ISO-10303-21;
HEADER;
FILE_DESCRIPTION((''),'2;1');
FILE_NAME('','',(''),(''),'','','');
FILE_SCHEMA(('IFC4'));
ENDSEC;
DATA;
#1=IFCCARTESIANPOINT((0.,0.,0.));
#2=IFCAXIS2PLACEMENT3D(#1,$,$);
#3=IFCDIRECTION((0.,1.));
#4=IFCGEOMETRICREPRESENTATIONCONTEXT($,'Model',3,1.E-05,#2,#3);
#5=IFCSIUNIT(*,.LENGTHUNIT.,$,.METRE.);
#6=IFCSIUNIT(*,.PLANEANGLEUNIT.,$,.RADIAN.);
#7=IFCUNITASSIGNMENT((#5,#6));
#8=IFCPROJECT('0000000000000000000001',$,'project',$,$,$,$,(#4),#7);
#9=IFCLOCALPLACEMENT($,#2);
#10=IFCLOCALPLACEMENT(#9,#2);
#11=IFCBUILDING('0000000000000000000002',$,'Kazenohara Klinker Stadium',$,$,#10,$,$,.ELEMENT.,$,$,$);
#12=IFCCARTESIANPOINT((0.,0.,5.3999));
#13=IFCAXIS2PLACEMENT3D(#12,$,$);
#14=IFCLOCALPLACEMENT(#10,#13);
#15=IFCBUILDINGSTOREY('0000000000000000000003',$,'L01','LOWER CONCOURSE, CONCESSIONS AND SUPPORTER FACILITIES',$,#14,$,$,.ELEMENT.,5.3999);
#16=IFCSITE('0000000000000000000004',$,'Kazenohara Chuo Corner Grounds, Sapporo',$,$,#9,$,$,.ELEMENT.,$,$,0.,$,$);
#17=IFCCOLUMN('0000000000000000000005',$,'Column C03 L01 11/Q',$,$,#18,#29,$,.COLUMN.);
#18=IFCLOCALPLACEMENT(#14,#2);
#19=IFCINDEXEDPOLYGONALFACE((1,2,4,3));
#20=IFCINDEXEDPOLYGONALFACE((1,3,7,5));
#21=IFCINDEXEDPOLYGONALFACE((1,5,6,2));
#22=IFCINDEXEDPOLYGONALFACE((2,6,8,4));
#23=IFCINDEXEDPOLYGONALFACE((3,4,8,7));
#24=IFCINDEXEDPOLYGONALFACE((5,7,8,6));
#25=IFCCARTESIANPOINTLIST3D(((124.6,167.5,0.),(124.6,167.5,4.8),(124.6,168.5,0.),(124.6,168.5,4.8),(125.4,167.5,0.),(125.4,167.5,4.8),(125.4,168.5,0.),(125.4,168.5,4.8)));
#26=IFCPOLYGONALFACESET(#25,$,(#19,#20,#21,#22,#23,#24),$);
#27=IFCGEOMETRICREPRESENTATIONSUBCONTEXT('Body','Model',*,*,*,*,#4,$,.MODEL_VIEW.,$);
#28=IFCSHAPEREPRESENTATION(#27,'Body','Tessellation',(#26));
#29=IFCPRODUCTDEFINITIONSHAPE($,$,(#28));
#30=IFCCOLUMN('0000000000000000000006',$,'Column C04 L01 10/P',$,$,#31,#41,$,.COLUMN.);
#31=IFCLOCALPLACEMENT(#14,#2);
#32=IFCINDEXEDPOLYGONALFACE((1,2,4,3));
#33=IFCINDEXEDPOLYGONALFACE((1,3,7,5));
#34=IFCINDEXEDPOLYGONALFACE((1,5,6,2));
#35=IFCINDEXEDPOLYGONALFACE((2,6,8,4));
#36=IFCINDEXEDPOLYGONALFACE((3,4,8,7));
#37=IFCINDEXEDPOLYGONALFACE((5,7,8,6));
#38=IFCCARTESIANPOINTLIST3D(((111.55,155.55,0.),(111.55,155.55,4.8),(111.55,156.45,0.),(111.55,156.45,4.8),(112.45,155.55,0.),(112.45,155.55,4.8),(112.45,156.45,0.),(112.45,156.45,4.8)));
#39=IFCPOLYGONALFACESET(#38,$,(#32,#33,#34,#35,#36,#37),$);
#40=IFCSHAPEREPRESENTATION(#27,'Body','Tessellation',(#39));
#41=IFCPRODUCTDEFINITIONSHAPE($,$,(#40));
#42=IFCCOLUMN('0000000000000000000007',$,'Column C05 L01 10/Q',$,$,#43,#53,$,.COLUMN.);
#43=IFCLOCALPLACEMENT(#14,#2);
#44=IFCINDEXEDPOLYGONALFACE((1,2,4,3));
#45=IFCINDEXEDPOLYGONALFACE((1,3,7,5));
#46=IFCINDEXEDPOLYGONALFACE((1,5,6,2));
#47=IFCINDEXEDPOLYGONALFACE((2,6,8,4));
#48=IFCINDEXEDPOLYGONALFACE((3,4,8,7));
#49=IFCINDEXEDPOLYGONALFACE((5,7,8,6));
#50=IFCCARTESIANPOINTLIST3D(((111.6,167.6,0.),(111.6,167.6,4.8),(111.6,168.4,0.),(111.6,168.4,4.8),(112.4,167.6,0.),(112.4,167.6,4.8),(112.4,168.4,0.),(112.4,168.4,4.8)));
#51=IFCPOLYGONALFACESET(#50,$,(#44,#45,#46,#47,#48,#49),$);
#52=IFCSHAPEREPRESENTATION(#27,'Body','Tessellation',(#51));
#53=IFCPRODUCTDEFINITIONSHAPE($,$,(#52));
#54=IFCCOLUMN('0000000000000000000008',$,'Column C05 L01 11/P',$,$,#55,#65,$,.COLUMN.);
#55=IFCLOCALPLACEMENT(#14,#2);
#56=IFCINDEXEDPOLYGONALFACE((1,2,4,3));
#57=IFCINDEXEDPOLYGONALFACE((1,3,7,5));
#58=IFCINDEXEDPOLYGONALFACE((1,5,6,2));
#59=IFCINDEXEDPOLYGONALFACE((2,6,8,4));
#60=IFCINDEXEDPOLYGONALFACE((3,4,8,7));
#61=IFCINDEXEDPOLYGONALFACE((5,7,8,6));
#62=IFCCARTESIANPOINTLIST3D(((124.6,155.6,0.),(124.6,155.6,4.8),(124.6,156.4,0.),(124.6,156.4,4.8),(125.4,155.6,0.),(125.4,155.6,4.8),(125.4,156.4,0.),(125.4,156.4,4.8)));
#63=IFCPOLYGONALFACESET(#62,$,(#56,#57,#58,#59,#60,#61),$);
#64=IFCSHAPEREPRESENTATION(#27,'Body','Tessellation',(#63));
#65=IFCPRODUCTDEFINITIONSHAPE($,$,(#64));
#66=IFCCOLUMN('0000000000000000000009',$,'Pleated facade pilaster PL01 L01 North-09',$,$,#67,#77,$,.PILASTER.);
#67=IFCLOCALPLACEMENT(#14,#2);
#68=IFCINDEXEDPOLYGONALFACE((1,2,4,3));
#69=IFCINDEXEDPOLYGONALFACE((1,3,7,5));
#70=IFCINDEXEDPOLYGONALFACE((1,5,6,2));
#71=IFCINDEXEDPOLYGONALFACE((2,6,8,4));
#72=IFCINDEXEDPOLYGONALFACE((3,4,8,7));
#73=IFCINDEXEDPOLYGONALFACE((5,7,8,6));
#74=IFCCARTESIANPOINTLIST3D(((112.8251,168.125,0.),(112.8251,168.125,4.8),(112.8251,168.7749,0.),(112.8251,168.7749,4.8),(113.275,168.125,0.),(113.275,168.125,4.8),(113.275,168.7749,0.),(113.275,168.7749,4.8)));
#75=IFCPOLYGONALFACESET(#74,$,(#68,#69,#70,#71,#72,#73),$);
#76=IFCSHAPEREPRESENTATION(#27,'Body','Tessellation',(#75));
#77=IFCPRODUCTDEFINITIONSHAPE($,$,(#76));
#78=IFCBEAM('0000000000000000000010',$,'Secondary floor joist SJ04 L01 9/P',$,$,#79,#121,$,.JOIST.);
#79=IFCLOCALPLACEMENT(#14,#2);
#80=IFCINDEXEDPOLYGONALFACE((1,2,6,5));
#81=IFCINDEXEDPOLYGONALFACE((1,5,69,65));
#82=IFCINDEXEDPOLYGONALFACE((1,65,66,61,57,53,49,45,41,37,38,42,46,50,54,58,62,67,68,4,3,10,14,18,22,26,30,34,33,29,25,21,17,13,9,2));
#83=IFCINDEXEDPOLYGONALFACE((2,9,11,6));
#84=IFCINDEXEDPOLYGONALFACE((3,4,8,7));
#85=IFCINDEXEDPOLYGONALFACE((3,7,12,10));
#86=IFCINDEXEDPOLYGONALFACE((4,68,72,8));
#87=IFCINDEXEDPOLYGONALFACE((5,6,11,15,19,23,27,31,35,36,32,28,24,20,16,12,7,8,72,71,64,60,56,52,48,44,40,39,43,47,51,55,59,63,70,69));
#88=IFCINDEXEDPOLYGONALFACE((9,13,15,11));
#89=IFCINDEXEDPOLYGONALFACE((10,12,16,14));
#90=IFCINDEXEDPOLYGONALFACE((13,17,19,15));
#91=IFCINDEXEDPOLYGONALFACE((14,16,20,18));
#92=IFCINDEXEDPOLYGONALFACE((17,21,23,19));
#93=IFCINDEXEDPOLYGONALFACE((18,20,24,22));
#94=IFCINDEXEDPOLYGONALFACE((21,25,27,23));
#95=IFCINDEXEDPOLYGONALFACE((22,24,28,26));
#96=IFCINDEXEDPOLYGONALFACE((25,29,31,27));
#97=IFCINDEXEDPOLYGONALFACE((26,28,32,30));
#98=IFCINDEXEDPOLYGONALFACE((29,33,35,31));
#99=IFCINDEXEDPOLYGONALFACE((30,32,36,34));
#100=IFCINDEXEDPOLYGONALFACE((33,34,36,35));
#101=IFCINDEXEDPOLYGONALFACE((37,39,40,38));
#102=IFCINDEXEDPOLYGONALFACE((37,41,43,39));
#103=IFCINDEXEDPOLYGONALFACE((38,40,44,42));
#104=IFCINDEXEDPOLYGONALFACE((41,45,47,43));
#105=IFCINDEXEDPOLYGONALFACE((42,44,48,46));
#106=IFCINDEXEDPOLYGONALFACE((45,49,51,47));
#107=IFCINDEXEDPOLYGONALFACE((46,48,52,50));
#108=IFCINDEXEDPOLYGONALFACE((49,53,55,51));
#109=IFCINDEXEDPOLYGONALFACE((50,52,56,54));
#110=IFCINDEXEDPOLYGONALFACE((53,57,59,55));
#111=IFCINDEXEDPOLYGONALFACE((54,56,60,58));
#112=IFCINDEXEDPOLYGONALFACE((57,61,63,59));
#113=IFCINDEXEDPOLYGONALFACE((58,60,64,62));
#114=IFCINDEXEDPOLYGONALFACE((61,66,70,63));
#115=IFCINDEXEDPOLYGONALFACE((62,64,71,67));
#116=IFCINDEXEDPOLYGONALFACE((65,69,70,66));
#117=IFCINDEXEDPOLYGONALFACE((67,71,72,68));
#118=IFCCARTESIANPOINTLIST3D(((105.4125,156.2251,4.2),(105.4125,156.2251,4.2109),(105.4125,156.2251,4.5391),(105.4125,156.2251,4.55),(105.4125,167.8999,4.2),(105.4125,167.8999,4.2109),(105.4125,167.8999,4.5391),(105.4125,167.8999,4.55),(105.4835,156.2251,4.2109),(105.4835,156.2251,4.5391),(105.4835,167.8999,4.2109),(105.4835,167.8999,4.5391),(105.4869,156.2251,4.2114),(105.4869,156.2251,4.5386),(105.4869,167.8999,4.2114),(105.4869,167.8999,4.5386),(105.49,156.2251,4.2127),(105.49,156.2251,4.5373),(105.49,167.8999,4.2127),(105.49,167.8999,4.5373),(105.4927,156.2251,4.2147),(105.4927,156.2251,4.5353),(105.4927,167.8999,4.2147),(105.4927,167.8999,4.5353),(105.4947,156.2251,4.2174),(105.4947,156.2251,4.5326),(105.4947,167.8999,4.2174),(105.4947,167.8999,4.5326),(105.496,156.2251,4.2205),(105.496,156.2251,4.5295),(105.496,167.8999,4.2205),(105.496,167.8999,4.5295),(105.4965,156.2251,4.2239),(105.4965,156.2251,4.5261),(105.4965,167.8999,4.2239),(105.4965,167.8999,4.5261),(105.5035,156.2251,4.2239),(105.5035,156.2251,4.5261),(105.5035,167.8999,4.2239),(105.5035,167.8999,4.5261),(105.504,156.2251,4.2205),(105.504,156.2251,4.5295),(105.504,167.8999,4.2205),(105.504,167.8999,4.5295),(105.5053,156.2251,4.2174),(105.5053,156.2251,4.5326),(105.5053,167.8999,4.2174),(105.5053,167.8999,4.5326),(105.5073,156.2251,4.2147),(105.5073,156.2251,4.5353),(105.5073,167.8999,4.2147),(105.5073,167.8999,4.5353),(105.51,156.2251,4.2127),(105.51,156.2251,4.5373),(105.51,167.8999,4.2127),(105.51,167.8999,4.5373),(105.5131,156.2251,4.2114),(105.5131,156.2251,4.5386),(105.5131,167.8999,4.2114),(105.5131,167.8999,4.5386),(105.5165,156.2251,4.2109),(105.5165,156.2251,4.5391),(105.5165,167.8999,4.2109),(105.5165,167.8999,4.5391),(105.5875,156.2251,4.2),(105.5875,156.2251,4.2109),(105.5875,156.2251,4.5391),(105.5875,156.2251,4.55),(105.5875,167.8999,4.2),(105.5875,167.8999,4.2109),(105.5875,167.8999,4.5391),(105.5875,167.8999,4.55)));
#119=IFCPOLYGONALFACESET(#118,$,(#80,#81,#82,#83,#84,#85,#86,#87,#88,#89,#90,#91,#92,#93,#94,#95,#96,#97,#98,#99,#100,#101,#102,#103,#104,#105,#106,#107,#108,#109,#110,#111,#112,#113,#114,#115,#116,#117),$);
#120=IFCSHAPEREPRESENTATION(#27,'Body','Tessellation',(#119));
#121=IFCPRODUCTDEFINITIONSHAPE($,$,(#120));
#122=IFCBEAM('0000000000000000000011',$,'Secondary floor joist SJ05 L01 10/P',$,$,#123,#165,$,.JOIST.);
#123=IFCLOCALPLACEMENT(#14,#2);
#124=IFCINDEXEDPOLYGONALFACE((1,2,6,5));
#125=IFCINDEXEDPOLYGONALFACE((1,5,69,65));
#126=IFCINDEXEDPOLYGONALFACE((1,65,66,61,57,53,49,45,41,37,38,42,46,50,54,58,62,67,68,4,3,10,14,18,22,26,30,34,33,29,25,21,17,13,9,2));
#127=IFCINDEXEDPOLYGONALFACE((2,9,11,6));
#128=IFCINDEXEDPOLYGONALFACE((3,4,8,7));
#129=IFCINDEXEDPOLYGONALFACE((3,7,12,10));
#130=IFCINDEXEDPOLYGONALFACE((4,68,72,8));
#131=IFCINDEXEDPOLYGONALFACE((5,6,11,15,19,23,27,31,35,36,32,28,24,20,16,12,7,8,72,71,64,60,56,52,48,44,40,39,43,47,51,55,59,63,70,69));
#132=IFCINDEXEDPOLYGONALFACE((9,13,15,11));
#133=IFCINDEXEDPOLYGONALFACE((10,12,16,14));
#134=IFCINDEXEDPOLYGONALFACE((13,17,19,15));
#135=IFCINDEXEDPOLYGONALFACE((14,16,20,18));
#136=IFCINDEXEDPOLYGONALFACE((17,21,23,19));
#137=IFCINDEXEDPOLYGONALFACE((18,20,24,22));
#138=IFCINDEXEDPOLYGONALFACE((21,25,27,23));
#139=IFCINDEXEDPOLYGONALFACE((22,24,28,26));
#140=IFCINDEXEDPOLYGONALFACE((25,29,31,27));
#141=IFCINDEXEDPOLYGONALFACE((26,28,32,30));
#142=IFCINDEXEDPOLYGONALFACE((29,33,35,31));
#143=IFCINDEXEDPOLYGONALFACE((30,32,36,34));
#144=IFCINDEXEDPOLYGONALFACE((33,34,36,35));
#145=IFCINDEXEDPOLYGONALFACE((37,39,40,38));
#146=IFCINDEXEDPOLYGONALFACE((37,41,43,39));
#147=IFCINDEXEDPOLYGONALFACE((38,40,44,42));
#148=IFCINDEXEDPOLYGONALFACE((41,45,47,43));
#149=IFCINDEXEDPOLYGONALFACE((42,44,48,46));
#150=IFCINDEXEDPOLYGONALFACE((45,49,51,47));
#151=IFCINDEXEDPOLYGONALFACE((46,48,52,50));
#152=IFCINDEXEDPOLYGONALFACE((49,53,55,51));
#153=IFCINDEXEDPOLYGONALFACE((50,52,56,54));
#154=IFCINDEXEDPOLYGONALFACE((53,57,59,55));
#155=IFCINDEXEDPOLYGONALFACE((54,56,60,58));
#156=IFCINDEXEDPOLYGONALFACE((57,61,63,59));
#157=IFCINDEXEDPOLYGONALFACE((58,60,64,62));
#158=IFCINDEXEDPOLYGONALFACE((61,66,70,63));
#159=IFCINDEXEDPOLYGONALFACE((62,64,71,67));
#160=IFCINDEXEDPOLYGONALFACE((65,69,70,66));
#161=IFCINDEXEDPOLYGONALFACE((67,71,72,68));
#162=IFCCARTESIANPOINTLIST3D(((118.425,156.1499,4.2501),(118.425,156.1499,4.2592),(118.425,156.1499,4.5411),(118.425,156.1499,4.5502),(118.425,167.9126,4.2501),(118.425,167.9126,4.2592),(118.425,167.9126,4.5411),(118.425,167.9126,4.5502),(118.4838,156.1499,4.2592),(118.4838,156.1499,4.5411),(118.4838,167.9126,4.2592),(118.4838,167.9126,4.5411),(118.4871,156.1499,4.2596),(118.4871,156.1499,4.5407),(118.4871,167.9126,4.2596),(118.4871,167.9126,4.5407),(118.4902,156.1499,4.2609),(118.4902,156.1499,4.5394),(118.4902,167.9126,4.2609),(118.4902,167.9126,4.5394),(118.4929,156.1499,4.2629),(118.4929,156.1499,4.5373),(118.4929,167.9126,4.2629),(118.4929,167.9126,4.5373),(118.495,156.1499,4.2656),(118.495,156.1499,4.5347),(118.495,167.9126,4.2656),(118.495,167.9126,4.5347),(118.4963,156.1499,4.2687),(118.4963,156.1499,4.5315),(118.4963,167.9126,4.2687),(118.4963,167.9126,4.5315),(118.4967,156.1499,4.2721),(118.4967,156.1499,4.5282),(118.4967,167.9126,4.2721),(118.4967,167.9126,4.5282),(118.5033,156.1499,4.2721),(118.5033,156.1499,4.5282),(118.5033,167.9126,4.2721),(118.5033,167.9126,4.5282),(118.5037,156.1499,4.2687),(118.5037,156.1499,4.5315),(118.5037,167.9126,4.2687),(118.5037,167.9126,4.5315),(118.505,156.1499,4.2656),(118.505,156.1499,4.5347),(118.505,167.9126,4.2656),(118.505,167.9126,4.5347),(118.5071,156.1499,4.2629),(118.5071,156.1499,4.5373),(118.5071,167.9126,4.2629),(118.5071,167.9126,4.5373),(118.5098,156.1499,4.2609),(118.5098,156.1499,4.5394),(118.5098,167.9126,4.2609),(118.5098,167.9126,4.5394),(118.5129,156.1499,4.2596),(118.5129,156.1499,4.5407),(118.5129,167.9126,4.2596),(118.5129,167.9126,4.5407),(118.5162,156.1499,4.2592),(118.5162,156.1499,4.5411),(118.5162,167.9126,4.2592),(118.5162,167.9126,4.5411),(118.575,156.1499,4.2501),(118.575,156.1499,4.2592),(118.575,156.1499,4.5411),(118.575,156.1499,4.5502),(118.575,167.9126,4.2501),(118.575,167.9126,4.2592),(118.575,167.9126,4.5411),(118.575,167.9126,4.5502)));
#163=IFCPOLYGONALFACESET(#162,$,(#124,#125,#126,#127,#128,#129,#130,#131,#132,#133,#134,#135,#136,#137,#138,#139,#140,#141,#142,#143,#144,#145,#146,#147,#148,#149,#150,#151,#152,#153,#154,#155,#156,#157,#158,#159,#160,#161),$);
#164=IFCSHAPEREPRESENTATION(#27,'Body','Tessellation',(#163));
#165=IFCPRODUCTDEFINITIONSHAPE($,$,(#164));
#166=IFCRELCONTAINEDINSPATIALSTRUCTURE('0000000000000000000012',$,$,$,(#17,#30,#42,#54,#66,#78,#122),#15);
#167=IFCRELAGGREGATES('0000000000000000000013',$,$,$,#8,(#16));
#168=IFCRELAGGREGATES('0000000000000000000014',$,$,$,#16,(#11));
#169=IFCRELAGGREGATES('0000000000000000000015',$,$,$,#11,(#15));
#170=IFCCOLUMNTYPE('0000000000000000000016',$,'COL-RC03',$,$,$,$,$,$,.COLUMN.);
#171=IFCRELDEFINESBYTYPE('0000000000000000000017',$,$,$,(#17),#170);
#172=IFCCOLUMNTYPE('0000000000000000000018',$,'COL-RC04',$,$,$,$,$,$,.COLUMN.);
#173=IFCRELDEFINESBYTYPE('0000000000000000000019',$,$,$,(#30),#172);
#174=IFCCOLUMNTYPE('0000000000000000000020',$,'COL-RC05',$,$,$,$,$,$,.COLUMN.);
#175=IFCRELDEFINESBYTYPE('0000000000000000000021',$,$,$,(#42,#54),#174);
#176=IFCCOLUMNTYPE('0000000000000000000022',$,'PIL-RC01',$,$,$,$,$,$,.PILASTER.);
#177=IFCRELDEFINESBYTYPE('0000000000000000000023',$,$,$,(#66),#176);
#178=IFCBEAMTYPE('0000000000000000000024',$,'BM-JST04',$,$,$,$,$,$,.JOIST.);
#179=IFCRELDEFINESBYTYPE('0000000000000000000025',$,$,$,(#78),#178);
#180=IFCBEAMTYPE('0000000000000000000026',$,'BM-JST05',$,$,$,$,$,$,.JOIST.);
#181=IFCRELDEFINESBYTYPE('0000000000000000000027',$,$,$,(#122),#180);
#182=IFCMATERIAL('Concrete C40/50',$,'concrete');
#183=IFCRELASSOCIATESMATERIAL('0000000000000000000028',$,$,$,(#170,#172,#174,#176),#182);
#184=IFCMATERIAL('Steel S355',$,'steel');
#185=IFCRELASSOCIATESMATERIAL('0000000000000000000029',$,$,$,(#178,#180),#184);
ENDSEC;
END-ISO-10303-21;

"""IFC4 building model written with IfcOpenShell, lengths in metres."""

from ifc_helpers import new_model, si_unit, direction, frame, origin, origin_2d, place, context, subcontext, project, spatial, rectangle, i_section, extrude, material, material_profile, profile_set, type_object, element, save


model = new_model("IFC4")

# Units and contexts
model_context = context("Model", 3, precision=1e-05, world=origin(), true_north=direction((0.0, 1.0)))
body_context = subcontext(model_context, "Body", "Model", "MODEL_VIEW")
ifc_project = project(units=[si_unit("LENGTHUNIT", "METRE"), si_unit("PLANEANGLEUNIT", "RADIAN")], contexts=[model_context])

# Site, building, storey
site_placement = place(None, origin())
site = spatial("IfcSite", under=ifc_project, at=site_placement, Name="Kazenohara Chuo Corner Grounds, Sapporo", CompositionType="ELEMENT", RefElevation=0.0)
building_placement = place(site_placement, origin())
building = spatial("IfcBuilding", under=site, at=building_placement, Name="Kazenohara Klinker Stadium", CompositionType="ELEMENT")
storey_placement = place(building_placement, frame((0.0, 0.0, 5.3999)))
storey = spatial("IfcBuildingStorey", under=building, at=storey_placement, Name="L01", Description="LOWER CONCOURSE, CONCESSIONS AND SUPPORTER FACILITIES", CompositionType="ELEMENT", Elevation=5.3999)

# Columns
ifc_material_1 = material(Name="Concrete C40/50", Category="concrete")
ifc_material_profile_1 = material_profile(ifc_material_1, rectangle(XDim=0.8, YDim=1.0, at=origin_2d()), Name="RC-COL-1000x800")
ifc_profile_set_1 = profile_set([ifc_material_profile_1], Name="Concrete C40/50")
column_type_1 = type_object("IfcColumnType", Name="COL-RC03", PredefinedType="COLUMN", material=ifc_profile_set_1)
column_1_placement = place(storey_placement, frame((125.0, 168.0, 0.0), z_axis=(0.0, 0.0, 1.0), x_axis=(1.0, 0.0, 0.0)))
element("IfcColumn", 1, at=column_1_placement, inside=storey, type_object=column_type_1, Name="Column C03 L01 11/Q", PredefinedType="COLUMN", context=body_context, shape_type="SweptSolid", body=[
    extrude(rectangle(XDim=0.8, YDim=1.0, at=origin_2d()), origin(), (0.0, 0.0, 1.0), 4.8),
])
ifc_material_profile_2 = material_profile(ifc_material_1, rectangle(XDim=0.8999, YDim=0.8999, at=origin_2d()), Name="RC-COL-900x900")
ifc_profile_set_2 = profile_set([ifc_material_profile_2], Name="Concrete C40/50")
column_type_2 = type_object("IfcColumnType", Name="COL-RC04", PredefinedType="COLUMN", material=ifc_profile_set_2)
column_2_placement = place(storey_placement, frame((112.0, 156.0, 0.0), z_axis=(0.0, 0.0, 1.0), x_axis=(1.0, 0.0, 0.0)))
element("IfcColumn", 2, at=column_2_placement, inside=storey, type_object=column_type_2, Name="Column C04 L01 10/P", PredefinedType="COLUMN", context=body_context, shape_type="SweptSolid", body=[
    extrude(rectangle(XDim=0.8999, YDim=0.8999, at=origin_2d()), origin(), (0.0, 0.0, 1.0), 4.8),
])
ifc_material_profile_3 = material_profile(ifc_material_1, rectangle(XDim=0.8, YDim=0.8, at=origin_2d()), Name="RC-COL-800x800")
ifc_profile_set_3 = profile_set([ifc_material_profile_3], Name="Concrete C40/50")
column_type_3 = type_object("IfcColumnType", Name="COL-RC05", PredefinedType="COLUMN", material=ifc_profile_set_3)
for number, where, z_axis, x_axis, name in (
    (3, (112.0, 168.0, 0.0), (0.0, 0.0, 1.0), (1.0, 0.0, 0.0), "Column C05 L01 10/Q"),
    (4, (125.0, 156.0, 0.0), (0.0, 0.0, 1.0), (1.0, 0.0, 0.0), "Column C05 L01 11/P"),
):
    element("IfcColumn", number, at=place(storey_placement, frame(where, z_axis=z_axis, x_axis=x_axis)), inside=storey, type_object=column_type_3, Name=name, PredefinedType="COLUMN", context=body_context, shape_type="SweptSolid", body=[
        extrude(rectangle(XDim=0.8, YDim=0.8, at=origin_2d()), origin(), (0.0, 0.0, 1.0), 4.8),
    ])
ifc_material_profile_4 = material_profile(ifc_material_1, rectangle(XDim=0.45, YDim=0.6499, at=origin_2d()), Name="RC-PILASTER-450x650")
ifc_profile_set_4 = profile_set([ifc_material_profile_4], Name="Concrete C40/50")
column_type_4 = type_object("IfcColumnType", Name="PIL-RC01", PredefinedType="PILASTER", material=ifc_profile_set_4)
column_3_placement = place(storey_placement, frame((113.05, 168.45, 0.0), z_axis=(0.0, 0.0, 1.0), x_axis=(1.0, 0.0, 0.0)))
element("IfcColumn", 5, at=column_3_placement, inside=storey, type_object=column_type_4, Name="Pleated facade pilaster PL01 L01 North-09", PredefinedType="PILASTER", context=body_context, shape_type="SweptSolid", body=[
    extrude(rectangle(XDim=0.45, YDim=0.6499, at=origin_2d()), origin(), (0.0, 0.0, 1.0), 4.8),
])

# Beams
ifc_material_2 = material(Name="Steel S355", Category="steel")
ifc_material_profile_5 = material_profile(ifc_material_2, i_section(OverallWidth=0.175, OverallDepth=0.3501, WebThickness=0.0071, FlangeThickness=0.011, FilletRadius=0.0129, at=origin_2d()), Name="H-350x175x7x11")
ifc_profile_set_5 = profile_set([ifc_material_profile_5], Name="Steel S355")
beam_type_1 = type_object("IfcBeamType", Name="BM-JST04", PredefinedType="JOIST", material=ifc_profile_set_5)
beam_1_placement = place(storey_placement, frame((105.5, 156.2251, 4.375), z_axis=(0.0, 1.0, 0.0), x_axis=(-1.0, 0.0, 0.0)))
element("IfcBeam", 6, at=beam_1_placement, inside=storey, type_object=beam_type_1, Name="Secondary floor joist SJ04 L01 9/P", PredefinedType="JOIST", context=body_context, shape_type="SweptSolid", body=[
    extrude(i_section(OverallWidth=0.175, OverallDepth=0.3501, WebThickness=0.0071, FlangeThickness=0.011, FilletRadius=0.0129, at=origin_2d()), origin(), (0.0, 0.0, 1.0), 11.6748),
])
ifc_material_profile_6 = material_profile(ifc_material_2, i_section(OverallWidth=0.1499, OverallDepth=0.3, WebThickness=0.0066, FlangeThickness=0.009, FilletRadius=0.0129, at=origin_2d()), Name="H-300x150x6.5x9")
ifc_profile_set_6 = profile_set([ifc_material_profile_6], Name="Steel S355")
beam_type_2 = type_object("IfcBeamType", Name="BM-JST05", PredefinedType="JOIST", material=ifc_profile_set_6)
beam_2_placement = place(storey_placement, frame((118.5, 156.1499, 4.4001), z_axis=(0.0, 1.0, 0.0), x_axis=(-1.0, 0.0, 0.0)))
element("IfcBeam", 7, at=beam_2_placement, inside=storey, type_object=beam_type_2, Name="Secondary floor joist SJ05 L01 10/P", PredefinedType="JOIST", context=body_context, shape_type="SweptSolid", body=[
    extrude(i_section(OverallWidth=0.1499, OverallDepth=0.3, WebThickness=0.0066, FlangeThickness=0.009, FilletRadius=0.0129, at=origin_2d()), origin(), (0.0, 0.0, 1.0), 11.7627),
])

save(model, "model.ifc")
